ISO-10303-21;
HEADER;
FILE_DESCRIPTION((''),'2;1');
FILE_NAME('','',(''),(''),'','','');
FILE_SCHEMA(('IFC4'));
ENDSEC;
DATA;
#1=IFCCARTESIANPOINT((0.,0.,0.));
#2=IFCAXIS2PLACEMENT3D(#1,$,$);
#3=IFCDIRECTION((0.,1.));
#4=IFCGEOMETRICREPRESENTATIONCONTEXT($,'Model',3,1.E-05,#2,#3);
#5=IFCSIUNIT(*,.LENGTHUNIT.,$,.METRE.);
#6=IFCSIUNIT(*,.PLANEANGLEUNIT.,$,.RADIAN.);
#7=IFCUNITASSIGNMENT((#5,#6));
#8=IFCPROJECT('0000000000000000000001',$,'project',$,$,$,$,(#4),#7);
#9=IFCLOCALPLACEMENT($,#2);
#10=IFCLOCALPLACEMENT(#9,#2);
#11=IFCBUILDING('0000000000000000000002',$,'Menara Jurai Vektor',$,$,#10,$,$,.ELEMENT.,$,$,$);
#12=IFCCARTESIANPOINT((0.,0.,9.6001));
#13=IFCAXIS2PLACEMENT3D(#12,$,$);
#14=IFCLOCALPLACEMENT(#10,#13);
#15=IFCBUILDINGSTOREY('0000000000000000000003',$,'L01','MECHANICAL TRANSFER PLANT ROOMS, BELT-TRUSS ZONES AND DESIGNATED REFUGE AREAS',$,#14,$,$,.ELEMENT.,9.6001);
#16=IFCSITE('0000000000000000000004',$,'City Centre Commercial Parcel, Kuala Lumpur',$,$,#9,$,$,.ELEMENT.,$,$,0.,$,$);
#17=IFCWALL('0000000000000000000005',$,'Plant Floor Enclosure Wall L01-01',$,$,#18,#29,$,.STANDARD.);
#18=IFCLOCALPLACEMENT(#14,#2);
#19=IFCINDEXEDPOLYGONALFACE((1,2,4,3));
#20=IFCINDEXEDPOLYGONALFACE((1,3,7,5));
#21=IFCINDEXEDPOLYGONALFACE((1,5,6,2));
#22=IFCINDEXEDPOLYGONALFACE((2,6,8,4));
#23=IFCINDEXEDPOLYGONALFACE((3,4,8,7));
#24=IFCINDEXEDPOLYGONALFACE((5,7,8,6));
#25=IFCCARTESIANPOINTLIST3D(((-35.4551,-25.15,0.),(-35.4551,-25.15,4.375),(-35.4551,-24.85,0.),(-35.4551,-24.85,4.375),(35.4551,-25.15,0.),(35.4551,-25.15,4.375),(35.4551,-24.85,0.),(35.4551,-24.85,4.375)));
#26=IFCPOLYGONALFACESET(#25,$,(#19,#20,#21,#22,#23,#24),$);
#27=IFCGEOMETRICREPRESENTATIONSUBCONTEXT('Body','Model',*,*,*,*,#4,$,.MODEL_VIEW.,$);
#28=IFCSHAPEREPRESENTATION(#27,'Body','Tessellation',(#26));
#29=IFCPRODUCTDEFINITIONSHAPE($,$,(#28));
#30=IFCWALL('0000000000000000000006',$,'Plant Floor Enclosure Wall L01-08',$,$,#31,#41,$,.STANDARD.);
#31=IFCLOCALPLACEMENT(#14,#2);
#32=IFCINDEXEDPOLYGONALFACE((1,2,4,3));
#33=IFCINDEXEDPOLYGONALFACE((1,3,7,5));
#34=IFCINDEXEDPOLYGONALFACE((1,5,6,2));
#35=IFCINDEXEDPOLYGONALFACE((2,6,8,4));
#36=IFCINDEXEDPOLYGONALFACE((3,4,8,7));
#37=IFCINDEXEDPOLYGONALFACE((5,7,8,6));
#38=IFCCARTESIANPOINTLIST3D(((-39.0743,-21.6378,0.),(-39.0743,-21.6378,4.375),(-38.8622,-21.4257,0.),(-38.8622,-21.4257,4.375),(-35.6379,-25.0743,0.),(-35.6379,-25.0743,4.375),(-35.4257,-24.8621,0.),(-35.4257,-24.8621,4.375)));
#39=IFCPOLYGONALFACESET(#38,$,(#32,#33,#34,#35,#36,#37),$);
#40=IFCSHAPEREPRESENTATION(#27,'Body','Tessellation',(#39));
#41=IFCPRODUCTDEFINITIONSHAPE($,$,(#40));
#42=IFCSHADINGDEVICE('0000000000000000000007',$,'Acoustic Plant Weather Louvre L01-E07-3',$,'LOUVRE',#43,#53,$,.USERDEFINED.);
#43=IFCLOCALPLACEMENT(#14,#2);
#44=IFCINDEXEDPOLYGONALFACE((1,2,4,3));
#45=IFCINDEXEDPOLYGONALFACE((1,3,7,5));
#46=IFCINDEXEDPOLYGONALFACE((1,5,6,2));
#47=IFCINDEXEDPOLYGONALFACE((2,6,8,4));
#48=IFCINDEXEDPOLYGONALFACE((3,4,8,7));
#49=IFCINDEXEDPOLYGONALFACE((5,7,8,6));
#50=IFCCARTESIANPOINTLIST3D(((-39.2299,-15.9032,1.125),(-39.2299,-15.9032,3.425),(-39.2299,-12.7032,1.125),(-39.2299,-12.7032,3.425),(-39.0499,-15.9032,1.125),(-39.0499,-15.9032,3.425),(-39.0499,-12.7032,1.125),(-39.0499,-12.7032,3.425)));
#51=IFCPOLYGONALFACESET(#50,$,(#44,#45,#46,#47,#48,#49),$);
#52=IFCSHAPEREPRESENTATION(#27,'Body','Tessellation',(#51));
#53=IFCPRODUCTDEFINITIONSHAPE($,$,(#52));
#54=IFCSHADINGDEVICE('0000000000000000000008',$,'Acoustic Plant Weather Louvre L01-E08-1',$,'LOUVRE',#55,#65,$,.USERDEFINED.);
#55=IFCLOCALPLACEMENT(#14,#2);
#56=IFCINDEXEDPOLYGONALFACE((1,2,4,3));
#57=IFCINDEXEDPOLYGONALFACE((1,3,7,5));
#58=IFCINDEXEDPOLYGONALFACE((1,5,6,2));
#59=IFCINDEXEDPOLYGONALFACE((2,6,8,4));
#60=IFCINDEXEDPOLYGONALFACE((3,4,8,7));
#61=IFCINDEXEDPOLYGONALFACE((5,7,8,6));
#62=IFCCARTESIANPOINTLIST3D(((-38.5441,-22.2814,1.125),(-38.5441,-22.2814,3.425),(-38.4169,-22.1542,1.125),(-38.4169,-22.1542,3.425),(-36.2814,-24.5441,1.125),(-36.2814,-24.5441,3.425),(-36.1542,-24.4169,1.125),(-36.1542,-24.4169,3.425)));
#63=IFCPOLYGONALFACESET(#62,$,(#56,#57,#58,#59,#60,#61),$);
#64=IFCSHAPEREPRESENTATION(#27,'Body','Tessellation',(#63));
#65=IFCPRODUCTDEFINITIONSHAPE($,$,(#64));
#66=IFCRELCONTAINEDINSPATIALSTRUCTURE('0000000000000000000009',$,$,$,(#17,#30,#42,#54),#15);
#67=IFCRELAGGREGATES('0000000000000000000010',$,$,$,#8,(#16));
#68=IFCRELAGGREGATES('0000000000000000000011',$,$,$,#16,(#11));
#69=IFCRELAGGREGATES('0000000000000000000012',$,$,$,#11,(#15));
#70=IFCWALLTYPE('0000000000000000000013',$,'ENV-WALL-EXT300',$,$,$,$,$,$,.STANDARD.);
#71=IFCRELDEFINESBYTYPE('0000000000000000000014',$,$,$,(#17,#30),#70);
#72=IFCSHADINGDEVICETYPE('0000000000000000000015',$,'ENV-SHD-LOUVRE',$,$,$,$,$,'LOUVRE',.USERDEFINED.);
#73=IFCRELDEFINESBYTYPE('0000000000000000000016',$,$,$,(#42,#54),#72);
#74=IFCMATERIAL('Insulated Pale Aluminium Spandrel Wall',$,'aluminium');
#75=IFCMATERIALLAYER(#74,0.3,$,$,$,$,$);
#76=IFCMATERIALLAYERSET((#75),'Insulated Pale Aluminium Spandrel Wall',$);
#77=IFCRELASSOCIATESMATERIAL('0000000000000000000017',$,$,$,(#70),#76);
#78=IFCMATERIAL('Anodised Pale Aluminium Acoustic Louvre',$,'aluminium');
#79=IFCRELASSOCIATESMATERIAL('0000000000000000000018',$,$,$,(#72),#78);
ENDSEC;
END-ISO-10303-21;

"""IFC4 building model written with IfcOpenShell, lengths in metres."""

from ifc_helpers import new_model, si_unit, direction, frame, frame_2d, origin, origin_2d, place, context, subcontext, project, spatial, rectangle, extrude, material, layer, layer_set, type_object, element, save


model = new_model("IFC4")

# Units and contexts
model_context = context("Model", 3, precision=1e-05, world=origin(), true_north=direction((0.0, 1.0)))
body_context = subcontext(model_context, "Body", "Model", "MODEL_VIEW")
ifc_project = project(units=[si_unit("LENGTHUNIT", "METRE"), si_unit("PLANEANGLEUNIT", "RADIAN")], contexts=[model_context])

# Site, building, storey
site_placement = place(None, origin())
site = spatial("IfcSite", under=ifc_project, at=site_placement, Name="City Centre Commercial Parcel, Kuala Lumpur", CompositionType="ELEMENT", RefElevation=0.0)
building_placement = place(site_placement, origin())
building = spatial("IfcBuilding", under=site, at=building_placement, Name="Menara Jurai Vektor", CompositionType="ELEMENT")
storey_placement = place(building_placement, frame((0.0, 0.0, 9.6001)))
storey = spatial("IfcBuildingStorey", under=building, at=storey_placement, Name="L01", Description="MECHANICAL TRANSFER PLANT ROOMS, BELT-TRUSS ZONES AND DESIGNATED REFUGE AREAS", CompositionType="ELEMENT", Elevation=9.6001)

# Walls
ifc_material_1 = material(Name="Insulated Pale Aluminium Spandrel Wall", Category="aluminium")
ifc_layer = layer(ifc_material_1, 0.3)
ifc_layer_set = layer_set([ifc_layer], Name="Insulated Pale Aluminium Spandrel Wall")
wall_type = type_object("IfcWallType", Name="ENV-WALL-EXT300", PredefinedType="STANDARD", material=ifc_layer_set)
wall_1_placement = place(storey_placement, frame((-35.4551, -25.0, 0.0), z_axis=(0.0, 0.0, 1.0), x_axis=(1.0, 0.0, 0.0)))
element("IfcWall", 1, at=wall_1_placement, inside=storey, type_object=wall_type, Name="Plant Floor Enclosure Wall L01-01", PredefinedType="STANDARD", context=body_context, shape_type="SweptSolid", body=[
    extrude(rectangle(XDim=70.9102, YDim=0.3, at=frame_2d((35.4551, 0.0))), origin(), (0.0, 0.0, 1.0), 4.375),
])
wall_2_placement = place(storey_placement, frame((-38.9683, -21.5317, 0.0), z_axis=(0.0, 0.0, 1.0), x_axis=(0.707107, -0.707107, 0.0)))
element("IfcWall", 2, at=wall_2_placement, inside=storey, type_object=wall_type, Name="Plant Floor Enclosure Wall L01-08", PredefinedType="STANDARD", context=body_context, shape_type="SweptSolid", body=[
    extrude(rectangle(XDim=4.8599, YDim=0.3, at=frame_2d((2.4299, 0.0))), origin(), (0.0, 0.0, 1.0), 4.375),
])

# Shading devices
ifc_material_2 = material(Name="Anodised Pale Aluminium Acoustic Louvre", Category="aluminium")
shading_device_type = type_object("IfcShadingDeviceType", Name="ENV-SHD-LOUVRE", ElementType="LOUVRE", PredefinedType="USERDEFINED", material=ifc_material_2)
for number, where, z_axis, x_axis, name in (
    (3, (-39.1399, -14.3032, 1.125), (0.0, 0.0, 1.0), (0.0, -1.0, 0.0), "Acoustic Plant Weather Louvre L01-E07-3"),
    (4, (-37.3491, -23.3491, 1.125), (0.0, 0.0, 1.0), (0.707107, -0.707107, 0.0), "Acoustic Plant Weather Louvre L01-E08-1"),
):
    element("IfcShadingDevice", number, at=place(storey_placement, frame(where, z_axis=z_axis, x_axis=x_axis)), inside=storey, type_object=shading_device_type, Name=name, ObjectType="LOUVRE", PredefinedType="USERDEFINED", context=body_context, shape_type="SweptSolid", body=[
        extrude(rectangle(XDim=3.2, YDim=0.1799, at=origin_2d()), origin(), (0.0, 0.0, 1.0), 2.3),
    ])

save(model, "model.ifc")
